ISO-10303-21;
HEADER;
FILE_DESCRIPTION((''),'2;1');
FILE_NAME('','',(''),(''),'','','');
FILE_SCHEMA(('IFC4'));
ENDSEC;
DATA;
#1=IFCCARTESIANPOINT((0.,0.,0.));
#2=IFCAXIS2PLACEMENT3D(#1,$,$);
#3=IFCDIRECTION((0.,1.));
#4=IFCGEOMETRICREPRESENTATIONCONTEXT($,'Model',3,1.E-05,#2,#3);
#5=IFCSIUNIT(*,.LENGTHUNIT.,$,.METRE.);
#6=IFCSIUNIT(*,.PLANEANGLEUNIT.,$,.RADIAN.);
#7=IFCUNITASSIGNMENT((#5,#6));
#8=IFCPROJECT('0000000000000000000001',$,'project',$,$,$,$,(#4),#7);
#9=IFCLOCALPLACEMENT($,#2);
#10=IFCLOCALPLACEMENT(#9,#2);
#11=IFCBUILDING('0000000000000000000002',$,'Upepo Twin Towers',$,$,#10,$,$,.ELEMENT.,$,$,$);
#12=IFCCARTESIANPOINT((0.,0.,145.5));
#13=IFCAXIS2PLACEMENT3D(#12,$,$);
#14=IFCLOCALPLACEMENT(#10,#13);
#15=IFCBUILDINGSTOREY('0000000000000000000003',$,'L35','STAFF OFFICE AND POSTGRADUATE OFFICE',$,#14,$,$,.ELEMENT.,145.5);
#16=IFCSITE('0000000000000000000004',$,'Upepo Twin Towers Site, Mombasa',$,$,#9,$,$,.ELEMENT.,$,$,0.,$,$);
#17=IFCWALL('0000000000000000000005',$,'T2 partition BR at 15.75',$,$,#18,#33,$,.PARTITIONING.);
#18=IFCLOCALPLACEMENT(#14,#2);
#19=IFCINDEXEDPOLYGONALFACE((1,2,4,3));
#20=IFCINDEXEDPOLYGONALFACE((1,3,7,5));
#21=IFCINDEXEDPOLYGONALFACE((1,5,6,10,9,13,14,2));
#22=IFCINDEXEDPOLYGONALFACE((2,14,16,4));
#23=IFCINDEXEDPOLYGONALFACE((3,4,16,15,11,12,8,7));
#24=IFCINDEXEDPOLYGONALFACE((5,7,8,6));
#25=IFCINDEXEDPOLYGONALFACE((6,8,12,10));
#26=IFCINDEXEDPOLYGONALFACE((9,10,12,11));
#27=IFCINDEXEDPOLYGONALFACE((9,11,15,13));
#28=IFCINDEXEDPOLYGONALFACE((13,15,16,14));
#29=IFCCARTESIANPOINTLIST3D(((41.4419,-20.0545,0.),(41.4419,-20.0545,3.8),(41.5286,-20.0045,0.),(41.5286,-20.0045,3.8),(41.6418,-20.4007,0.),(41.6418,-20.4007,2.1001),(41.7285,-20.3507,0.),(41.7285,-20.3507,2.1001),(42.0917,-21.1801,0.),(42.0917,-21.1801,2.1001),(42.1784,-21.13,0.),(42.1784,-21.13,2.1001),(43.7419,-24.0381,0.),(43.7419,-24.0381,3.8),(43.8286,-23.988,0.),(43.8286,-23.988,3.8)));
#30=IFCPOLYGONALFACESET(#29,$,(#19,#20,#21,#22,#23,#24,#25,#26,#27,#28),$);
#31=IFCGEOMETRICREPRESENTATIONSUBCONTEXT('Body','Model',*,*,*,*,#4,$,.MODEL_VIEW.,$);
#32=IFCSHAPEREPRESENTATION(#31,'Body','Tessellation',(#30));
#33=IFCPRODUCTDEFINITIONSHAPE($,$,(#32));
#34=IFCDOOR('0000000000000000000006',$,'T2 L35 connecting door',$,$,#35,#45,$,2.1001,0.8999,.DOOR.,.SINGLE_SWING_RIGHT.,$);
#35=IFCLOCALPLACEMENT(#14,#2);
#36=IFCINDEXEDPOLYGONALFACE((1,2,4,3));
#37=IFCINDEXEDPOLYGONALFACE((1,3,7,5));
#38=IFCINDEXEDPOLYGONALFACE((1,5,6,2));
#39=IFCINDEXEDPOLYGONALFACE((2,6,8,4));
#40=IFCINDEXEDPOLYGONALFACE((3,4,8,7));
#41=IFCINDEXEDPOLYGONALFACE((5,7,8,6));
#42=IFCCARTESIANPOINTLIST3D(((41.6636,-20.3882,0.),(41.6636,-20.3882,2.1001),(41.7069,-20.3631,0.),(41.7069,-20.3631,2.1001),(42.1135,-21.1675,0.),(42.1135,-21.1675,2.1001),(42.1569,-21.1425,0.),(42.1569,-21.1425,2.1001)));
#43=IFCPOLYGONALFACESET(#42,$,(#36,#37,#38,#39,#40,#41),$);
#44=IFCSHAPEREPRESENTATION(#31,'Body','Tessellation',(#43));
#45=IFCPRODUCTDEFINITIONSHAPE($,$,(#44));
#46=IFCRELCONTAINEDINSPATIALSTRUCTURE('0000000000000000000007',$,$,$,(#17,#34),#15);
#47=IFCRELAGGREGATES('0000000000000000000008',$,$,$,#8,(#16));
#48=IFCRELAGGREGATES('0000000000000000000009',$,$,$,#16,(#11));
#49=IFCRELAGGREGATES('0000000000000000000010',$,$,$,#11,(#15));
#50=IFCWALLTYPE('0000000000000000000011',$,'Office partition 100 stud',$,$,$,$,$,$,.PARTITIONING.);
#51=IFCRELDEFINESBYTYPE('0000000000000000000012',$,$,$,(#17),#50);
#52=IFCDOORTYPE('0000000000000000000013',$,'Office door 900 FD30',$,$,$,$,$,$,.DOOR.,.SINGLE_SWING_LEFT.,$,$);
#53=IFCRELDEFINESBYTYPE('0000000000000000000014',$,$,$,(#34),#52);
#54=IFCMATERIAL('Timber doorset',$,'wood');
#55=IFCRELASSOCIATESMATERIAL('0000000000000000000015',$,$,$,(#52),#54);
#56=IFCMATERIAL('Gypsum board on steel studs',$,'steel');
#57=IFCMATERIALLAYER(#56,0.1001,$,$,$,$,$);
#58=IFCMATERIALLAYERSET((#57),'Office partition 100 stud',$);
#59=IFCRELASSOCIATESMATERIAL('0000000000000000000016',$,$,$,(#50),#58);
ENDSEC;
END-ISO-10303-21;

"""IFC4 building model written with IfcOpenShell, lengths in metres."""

from ifc_helpers import new_model, si_unit, direction, frame, frame_2d, origin, place, context, subcontext, project, spatial, rectangle, extrude, material, layer, layer_set, type_object, element, fill, save


model = new_model("IFC4")

# Units and contexts
model_context = context("Model", 3, precision=1e-05, world=origin(), true_north=direction((0.0, 1.0)))
body_context = subcontext(model_context, "Body", "Model", "MODEL_VIEW")
ifc_project = project(units=[si_unit("LENGTHUNIT", "METRE"), si_unit("PLANEANGLEUNIT", "RADIAN")], contexts=[model_context])

# Site, building, storey
site_placement = place(None, origin())
site = spatial("IfcSite", under=ifc_project, at=site_placement, Name="Upepo Twin Towers Site, Mombasa", CompositionType="ELEMENT", RefElevation=0.0)
building_placement = place(site_placement, origin())
building = spatial("IfcBuilding", under=site, at=building_placement, Name="Upepo Twin Towers", CompositionType="ELEMENT")
storey_placement = place(building_placement, frame((0.0, 0.0, 145.5)))
storey = spatial("IfcBuildingStorey", under=building, at=storey_placement, Name="L35", Description="STAFF OFFICE AND POSTGRADUATE OFFICE", CompositionType="ELEMENT", Elevation=145.5)

# Shared definitions
ifc_material_1 = material(Name="Timber doorset", Category="wood")
door_type = type_object("IfcDoorType", Name="Office door 900 FD30", OperationType="SINGLE_SWING_LEFT", PredefinedType="DOOR", material=ifc_material_1)

# Shared definitions
ifc_material_2 = material(Name="Gypsum board on steel studs", Category="steel")
ifc_layer_1 = layer(ifc_material_2, 0.1001)
ifc_layer_set_1 = layer_set([ifc_layer_1], Name="Office partition 100 stud")
wall_type_1 = type_object("IfcWallType", Name="Office partition 100 stud", PredefinedType="PARTITIONING", material=ifc_layer_set_1)

# Wall, opening, door
wall_1_placement = place(storey_placement, frame((43.7852, -24.0129, 0.0), z_axis=(0.0, 0.0, 1.0), x_axis=(-0.500015, 0.866017, 0.0)))
wall_1 = element("IfcWall", 1, at=wall_1_placement, inside=storey, type_object=wall_type_1, Name="T2 partition BR at 15.75", PredefinedType="PARTITIONING", context=body_context, shape_type="SweptSolid", body=[
    extrude(rectangle(XDim=4.5999, YDim=0.1001, at=frame_2d((2.2998, 0.0))), origin(), (0.0, 0.0, 1.0), 3.8),
])
opening_1_placement = place(wall_1_placement, frame((3.3, 0.0, 0.0)))
opening_1 = element("IfcOpeningElement", 2, at=opening_1_placement, cuts=wall_1, PredefinedType="OPENING", context=body_context, shape_type="SweptSolid", body=[
    extrude(rectangle(XDim=0.8999, YDim=2.1001, at=frame_2d((0.45, 1.05))), frame((0.0, 0.0601, 0.0), z_axis=(0.0, -1.0, 0.0), x_axis=(1.0, 0.0, 0.0)), (0.0, 0.0, 1.0), 0.1201),
])
door_1_placement = place(opening_1_placement, origin())
door_1 = element("IfcDoor", 3, at=door_1_placement, inside=storey, type_object=door_type, Name="T2 L35 connecting door", OperationType="SINGLE_SWING_RIGHT", OverallHeight=2.1001, OverallWidth=0.8999, PredefinedType="DOOR", context=body_context, shape_type="SweptSolid", body=[
    extrude(rectangle(XDim=0.8999, YDim=2.1001, at=frame_2d((0.45, 1.05))), frame((0.0, 0.0249, 0.0), z_axis=(0.0, -1.0, 0.0), x_axis=(1.0, 0.0, 0.0)), (0.0, 0.0, 1.0), 0.05),
])
fill(opening_1, door_1)

save(model, "model.ifc")
